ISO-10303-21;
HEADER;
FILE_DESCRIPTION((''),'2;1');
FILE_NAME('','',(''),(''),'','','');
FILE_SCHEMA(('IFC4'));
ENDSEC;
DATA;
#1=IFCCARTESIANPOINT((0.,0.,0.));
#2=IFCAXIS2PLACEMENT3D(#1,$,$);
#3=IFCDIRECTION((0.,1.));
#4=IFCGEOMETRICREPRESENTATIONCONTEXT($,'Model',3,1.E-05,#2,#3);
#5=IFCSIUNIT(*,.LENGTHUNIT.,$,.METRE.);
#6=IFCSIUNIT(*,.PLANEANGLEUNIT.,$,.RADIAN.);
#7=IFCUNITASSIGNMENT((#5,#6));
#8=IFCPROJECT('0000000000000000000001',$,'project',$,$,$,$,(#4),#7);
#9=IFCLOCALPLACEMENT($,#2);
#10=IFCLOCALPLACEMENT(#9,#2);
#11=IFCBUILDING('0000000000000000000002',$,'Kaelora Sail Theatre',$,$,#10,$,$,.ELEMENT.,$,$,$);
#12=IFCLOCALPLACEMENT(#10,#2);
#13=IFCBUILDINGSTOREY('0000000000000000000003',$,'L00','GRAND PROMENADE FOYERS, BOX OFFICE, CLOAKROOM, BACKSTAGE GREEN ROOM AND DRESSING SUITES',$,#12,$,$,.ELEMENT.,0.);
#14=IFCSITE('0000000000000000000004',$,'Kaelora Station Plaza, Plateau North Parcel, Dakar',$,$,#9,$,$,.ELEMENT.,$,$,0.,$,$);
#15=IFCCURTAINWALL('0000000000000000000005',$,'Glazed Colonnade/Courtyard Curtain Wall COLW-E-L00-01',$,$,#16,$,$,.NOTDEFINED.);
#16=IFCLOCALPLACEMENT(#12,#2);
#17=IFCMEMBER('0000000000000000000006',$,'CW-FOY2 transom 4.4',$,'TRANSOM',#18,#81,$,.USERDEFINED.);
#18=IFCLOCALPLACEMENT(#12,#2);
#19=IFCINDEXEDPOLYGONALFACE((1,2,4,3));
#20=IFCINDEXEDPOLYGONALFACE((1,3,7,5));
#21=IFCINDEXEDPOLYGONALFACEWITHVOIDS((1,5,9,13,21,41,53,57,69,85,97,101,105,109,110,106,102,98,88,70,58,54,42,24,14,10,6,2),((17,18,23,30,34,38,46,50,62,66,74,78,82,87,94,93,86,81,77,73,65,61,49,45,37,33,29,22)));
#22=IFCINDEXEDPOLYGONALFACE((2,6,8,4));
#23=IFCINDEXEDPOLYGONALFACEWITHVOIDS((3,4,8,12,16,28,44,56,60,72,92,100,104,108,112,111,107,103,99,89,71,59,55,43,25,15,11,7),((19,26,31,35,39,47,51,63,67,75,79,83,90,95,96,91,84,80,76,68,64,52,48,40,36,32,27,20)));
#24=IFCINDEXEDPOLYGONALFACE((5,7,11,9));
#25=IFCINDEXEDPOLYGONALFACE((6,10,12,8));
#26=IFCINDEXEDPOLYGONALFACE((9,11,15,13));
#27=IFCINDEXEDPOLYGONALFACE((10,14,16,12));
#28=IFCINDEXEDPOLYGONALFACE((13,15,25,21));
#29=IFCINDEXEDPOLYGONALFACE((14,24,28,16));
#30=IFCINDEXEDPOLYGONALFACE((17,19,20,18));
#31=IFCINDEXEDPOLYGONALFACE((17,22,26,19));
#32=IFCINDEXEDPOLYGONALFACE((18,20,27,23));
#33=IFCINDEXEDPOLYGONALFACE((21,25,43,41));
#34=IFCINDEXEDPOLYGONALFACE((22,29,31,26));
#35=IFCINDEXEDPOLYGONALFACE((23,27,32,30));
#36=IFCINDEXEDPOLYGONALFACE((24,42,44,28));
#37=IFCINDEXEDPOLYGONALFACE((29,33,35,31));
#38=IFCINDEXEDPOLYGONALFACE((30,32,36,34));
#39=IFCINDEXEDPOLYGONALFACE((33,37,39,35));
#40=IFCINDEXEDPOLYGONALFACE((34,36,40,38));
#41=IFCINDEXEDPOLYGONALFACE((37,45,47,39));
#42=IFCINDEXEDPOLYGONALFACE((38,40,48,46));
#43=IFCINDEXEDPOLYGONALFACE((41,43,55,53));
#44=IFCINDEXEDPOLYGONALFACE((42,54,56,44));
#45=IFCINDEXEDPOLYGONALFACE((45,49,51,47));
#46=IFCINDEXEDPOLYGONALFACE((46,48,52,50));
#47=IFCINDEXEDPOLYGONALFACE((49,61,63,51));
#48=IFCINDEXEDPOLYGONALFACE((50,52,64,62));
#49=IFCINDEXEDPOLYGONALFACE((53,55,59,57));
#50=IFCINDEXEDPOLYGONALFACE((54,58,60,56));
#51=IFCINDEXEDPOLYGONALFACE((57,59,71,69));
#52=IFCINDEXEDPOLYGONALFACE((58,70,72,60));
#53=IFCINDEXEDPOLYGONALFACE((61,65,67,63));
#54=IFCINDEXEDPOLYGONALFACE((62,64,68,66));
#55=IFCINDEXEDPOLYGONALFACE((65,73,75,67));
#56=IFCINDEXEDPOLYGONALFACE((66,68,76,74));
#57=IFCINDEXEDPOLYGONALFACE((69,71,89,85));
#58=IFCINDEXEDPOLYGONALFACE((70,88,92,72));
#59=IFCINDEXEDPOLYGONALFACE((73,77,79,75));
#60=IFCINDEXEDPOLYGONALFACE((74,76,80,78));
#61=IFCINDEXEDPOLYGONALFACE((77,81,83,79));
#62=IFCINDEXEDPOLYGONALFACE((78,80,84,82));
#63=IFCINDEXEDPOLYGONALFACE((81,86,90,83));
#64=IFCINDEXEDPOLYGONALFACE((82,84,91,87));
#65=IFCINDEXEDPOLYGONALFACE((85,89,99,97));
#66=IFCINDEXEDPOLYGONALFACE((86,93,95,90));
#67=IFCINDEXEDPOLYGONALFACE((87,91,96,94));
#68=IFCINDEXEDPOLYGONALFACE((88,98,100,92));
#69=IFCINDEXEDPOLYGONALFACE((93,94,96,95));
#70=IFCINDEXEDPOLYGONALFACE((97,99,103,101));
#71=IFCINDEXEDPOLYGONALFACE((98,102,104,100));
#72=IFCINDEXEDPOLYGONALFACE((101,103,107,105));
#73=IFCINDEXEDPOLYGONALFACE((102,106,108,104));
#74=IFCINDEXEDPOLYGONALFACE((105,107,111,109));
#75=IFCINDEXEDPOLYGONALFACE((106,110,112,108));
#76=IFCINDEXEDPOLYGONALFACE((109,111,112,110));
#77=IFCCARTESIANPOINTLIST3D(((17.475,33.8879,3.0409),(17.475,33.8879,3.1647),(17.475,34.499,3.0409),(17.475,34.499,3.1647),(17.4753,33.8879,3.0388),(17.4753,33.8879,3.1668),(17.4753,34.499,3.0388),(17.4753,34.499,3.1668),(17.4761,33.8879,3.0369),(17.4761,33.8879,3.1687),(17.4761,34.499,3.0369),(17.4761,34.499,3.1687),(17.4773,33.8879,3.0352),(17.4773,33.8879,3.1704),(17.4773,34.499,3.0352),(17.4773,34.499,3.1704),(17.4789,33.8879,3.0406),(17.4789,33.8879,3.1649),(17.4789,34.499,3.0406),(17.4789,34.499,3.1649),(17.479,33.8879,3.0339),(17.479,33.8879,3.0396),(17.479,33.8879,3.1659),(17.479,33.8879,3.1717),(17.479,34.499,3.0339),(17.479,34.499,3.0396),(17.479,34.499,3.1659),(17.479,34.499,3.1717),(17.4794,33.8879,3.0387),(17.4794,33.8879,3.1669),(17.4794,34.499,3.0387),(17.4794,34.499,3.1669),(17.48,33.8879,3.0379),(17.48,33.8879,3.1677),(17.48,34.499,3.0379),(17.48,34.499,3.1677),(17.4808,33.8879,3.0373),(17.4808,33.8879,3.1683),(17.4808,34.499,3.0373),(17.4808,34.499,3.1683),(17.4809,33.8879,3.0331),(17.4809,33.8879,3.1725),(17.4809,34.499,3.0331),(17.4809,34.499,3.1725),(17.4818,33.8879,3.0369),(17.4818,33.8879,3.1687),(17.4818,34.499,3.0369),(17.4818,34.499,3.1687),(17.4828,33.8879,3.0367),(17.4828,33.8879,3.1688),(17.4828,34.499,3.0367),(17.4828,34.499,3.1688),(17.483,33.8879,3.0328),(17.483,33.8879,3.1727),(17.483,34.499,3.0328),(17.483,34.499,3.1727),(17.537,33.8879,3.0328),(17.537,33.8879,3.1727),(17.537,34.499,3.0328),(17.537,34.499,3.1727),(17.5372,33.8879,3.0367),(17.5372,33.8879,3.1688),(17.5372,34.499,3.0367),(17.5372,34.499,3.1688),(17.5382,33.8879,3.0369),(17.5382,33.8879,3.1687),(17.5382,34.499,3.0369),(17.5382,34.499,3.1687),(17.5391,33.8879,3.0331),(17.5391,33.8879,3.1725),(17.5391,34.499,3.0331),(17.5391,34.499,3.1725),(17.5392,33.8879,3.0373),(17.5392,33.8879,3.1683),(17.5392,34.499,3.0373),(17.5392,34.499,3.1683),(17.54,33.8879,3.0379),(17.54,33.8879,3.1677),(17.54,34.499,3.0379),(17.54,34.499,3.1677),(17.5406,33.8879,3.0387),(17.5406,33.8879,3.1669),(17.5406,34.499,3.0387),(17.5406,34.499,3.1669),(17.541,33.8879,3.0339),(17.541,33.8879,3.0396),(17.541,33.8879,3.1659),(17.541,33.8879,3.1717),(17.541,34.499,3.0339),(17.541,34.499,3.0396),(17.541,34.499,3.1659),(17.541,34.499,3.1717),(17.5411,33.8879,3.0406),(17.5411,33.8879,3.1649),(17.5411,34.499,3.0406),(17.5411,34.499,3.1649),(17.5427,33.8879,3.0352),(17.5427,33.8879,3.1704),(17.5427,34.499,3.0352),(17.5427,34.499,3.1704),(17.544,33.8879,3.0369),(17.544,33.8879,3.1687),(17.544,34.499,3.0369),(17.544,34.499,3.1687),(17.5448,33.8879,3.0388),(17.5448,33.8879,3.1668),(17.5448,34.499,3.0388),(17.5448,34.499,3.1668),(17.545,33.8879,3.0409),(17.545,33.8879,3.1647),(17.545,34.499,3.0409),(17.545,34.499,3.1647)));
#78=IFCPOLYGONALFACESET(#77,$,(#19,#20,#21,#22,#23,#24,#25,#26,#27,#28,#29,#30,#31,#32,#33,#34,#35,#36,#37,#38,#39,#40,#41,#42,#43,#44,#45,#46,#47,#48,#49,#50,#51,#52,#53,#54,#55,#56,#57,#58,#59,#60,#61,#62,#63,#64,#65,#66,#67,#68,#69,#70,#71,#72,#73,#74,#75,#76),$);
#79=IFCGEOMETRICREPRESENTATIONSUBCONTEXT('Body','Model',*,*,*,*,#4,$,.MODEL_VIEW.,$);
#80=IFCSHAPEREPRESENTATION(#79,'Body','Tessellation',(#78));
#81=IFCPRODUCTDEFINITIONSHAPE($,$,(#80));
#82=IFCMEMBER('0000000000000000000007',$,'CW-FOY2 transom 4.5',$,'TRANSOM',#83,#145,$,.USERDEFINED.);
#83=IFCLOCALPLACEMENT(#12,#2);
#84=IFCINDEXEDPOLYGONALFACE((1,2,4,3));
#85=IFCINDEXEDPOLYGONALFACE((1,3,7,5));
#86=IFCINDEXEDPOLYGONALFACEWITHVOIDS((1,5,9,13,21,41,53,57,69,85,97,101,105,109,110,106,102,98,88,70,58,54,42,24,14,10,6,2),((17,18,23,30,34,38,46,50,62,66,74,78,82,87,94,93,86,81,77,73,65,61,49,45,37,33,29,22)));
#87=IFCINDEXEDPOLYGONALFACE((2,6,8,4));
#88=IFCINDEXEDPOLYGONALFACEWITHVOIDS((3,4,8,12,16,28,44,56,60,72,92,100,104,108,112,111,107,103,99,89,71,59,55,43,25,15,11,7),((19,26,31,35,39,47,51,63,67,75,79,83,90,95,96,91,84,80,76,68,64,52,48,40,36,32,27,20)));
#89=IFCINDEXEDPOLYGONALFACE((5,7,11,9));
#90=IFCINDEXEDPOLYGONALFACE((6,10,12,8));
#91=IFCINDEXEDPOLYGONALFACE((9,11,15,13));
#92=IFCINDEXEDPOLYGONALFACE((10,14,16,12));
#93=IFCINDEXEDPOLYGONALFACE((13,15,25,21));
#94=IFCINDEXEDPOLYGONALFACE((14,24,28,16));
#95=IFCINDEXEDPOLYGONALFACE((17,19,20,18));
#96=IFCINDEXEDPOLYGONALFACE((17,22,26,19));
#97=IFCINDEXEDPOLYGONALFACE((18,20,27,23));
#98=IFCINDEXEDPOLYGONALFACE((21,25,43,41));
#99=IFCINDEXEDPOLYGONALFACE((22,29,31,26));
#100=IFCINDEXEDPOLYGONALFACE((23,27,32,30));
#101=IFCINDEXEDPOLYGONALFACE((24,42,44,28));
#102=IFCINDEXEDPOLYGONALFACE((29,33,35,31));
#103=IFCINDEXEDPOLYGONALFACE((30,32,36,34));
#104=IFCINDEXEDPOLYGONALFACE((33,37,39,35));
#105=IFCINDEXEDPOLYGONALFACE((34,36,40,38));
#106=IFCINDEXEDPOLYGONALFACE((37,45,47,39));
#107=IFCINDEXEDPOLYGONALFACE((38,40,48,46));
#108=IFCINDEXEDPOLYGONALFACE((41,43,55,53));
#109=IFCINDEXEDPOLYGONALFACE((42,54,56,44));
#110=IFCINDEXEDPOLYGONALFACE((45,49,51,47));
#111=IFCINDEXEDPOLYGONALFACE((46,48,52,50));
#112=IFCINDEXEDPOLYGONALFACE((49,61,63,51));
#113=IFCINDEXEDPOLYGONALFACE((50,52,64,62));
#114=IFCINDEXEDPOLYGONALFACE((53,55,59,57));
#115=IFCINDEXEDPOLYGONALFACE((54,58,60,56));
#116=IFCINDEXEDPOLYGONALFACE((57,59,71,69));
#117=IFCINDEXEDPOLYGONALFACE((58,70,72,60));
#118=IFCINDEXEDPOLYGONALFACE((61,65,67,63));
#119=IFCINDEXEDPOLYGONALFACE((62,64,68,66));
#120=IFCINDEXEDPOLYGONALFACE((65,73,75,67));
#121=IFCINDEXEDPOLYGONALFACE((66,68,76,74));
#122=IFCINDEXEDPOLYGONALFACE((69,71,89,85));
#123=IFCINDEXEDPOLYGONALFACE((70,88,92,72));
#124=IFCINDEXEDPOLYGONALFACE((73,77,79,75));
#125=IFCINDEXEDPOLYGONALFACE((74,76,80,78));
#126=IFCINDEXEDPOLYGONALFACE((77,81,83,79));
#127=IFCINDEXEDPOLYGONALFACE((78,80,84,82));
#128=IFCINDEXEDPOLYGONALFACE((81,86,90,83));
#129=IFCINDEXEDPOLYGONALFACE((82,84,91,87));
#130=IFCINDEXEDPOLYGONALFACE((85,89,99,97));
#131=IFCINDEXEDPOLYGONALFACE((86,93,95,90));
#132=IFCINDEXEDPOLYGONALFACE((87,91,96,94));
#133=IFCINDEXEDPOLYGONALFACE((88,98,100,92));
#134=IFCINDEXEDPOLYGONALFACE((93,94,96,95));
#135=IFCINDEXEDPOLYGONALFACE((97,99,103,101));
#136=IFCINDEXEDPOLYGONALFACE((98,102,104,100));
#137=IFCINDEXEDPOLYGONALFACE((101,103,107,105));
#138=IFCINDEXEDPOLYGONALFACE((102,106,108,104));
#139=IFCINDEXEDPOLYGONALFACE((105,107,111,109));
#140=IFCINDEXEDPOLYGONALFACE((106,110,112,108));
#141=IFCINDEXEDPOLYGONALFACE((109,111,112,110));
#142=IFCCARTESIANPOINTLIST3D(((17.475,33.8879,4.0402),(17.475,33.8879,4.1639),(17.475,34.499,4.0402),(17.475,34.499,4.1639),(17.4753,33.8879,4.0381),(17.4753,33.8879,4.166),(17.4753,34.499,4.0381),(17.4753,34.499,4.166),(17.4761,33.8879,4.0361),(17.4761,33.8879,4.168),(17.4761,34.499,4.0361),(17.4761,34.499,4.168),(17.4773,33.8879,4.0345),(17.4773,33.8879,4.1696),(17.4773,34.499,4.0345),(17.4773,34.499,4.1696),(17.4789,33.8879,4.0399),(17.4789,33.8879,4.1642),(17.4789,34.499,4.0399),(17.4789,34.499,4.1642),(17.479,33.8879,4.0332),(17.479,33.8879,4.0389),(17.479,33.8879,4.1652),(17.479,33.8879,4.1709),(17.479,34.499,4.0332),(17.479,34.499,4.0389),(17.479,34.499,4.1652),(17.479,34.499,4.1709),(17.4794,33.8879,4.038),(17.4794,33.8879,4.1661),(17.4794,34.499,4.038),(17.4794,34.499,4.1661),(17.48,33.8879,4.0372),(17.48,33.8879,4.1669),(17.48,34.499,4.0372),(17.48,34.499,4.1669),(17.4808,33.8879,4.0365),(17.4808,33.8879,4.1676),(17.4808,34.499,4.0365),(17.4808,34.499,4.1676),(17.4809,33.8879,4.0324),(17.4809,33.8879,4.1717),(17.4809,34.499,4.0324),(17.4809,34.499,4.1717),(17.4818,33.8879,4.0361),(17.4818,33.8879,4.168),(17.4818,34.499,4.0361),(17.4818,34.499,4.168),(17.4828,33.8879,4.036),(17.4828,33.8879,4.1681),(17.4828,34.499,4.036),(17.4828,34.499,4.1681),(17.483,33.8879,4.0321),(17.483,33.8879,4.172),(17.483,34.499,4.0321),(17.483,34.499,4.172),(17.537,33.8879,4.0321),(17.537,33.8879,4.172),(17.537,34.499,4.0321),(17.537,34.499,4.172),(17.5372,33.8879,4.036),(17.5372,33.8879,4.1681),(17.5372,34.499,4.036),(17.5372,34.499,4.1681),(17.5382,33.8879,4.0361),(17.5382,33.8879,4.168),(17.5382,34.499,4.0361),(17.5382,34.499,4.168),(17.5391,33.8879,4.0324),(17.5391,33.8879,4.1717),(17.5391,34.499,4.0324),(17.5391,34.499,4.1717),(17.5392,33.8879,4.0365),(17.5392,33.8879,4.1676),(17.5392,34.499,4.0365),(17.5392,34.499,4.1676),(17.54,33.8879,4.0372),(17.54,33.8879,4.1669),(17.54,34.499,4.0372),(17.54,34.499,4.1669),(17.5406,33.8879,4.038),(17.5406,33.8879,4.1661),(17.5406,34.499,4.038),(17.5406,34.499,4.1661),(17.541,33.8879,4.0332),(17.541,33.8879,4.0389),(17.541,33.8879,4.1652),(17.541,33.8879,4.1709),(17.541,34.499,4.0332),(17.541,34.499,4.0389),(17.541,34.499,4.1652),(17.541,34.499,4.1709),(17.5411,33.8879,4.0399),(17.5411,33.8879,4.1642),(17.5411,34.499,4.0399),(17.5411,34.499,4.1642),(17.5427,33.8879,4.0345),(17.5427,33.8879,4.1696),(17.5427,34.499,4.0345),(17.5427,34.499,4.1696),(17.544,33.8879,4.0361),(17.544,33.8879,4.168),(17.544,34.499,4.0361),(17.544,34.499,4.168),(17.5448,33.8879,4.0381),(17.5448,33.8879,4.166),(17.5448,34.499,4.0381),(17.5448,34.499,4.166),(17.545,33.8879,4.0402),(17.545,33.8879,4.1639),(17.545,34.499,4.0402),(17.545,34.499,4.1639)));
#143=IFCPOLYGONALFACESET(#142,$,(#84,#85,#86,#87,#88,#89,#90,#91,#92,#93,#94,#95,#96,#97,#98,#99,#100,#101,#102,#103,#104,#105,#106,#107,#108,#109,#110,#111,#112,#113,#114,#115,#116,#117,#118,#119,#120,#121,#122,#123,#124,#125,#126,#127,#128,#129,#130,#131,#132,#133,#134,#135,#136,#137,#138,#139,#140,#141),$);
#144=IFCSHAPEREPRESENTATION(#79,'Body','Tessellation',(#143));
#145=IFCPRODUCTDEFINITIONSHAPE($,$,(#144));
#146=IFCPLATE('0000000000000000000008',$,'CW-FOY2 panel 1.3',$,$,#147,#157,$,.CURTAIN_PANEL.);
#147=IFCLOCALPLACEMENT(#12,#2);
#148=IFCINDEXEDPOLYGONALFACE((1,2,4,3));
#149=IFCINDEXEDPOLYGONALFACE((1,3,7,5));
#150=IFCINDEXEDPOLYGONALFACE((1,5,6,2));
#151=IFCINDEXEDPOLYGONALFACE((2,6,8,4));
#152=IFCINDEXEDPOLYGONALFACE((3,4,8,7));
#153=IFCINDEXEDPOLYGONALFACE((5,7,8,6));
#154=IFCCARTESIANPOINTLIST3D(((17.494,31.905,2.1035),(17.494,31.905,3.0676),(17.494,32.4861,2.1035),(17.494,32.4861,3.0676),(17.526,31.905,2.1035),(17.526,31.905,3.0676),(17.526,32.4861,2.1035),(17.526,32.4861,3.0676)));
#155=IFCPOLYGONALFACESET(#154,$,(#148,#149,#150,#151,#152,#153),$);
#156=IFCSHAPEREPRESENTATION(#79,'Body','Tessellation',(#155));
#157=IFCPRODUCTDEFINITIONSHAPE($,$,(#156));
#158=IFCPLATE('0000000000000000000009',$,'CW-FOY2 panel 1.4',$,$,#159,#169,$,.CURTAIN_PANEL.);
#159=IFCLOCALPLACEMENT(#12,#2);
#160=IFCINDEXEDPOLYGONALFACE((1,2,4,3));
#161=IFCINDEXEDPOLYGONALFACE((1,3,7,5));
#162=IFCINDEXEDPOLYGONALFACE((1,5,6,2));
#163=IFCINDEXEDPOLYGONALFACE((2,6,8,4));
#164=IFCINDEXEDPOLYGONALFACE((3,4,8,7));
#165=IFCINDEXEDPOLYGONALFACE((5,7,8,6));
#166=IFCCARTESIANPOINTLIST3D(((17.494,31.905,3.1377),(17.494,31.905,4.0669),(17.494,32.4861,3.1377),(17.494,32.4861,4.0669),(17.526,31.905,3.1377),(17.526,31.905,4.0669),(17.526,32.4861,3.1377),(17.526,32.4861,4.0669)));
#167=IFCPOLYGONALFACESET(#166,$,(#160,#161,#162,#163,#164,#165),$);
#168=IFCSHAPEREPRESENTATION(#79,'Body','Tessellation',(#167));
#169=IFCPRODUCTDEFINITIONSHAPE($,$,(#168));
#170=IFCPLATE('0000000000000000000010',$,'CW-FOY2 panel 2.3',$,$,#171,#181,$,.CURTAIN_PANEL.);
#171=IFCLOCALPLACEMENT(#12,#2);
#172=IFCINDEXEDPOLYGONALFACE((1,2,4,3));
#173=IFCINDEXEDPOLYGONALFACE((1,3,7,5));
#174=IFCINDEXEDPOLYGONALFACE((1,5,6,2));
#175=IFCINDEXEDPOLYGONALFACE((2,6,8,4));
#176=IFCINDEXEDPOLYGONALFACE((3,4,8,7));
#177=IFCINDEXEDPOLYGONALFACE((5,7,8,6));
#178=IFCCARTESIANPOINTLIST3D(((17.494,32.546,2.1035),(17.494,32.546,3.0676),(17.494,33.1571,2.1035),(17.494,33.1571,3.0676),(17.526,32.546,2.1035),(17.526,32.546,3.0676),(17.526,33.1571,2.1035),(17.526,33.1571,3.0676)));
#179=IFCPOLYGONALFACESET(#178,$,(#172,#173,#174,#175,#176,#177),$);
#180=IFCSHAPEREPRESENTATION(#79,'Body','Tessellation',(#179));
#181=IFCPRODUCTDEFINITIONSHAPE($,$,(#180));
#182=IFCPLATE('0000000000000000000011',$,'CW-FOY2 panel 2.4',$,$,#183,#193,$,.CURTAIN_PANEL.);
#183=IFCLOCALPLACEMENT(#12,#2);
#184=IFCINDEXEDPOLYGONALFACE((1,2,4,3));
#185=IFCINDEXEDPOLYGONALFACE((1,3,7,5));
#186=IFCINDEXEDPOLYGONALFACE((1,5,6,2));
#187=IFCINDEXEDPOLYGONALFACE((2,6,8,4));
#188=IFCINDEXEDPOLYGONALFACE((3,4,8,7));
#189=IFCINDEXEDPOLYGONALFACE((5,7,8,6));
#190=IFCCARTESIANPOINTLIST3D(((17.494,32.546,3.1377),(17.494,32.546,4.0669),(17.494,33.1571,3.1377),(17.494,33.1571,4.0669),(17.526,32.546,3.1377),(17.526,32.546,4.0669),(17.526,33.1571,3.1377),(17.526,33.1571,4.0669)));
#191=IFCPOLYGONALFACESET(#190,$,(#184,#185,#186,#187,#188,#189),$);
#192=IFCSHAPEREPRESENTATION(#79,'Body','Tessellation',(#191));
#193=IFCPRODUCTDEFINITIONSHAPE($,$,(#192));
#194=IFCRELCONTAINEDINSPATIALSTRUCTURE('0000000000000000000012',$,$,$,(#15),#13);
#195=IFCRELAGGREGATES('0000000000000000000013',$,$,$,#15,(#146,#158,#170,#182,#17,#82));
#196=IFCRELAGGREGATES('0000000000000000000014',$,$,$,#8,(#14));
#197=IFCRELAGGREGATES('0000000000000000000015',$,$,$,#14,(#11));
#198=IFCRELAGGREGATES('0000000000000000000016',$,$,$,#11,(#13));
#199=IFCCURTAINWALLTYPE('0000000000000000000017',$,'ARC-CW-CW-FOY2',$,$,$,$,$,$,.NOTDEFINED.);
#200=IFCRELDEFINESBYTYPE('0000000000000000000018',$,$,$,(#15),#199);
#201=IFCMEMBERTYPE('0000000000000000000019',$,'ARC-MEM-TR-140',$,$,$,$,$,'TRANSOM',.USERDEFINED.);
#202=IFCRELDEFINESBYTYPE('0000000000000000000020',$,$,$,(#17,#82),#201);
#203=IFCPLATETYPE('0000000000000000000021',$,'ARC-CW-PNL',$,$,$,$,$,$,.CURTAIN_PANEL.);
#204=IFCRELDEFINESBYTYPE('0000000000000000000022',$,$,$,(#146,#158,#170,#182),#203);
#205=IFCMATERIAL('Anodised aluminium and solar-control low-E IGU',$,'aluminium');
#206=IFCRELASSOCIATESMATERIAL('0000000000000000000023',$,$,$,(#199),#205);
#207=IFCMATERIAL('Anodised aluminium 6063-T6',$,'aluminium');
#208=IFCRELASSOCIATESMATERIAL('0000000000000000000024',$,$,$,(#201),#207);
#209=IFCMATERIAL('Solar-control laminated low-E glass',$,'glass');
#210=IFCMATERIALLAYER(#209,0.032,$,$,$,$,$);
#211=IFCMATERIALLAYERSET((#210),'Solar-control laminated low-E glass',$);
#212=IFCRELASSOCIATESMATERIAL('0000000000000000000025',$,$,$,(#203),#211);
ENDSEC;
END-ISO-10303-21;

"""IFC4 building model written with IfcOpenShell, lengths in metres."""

from ifc_helpers import new_model, si_unit, direction, frame, origin, origin_2d, place, context, subcontext, project, spatial, rectangle, hollow_rectangle, extrude, material, layer, layer_set, material_profile, profile_set, type_object, element, aggregate, save


model = new_model("IFC4")

# Units and contexts
model_context = context("Model", 3, precision=1e-05, world=origin(), true_north=direction((0.0, 1.0)))
body_context = subcontext(model_context, "Body", "Model", "MODEL_VIEW")
ifc_project = project(units=[si_unit("LENGTHUNIT", "METRE"), si_unit("PLANEANGLEUNIT", "RADIAN")], contexts=[model_context])

# Site, building, storey
site_placement = place(None, origin())
site = spatial("IfcSite", under=ifc_project, at=site_placement, Name="Kaelora Station Plaza, Plateau North Parcel, Dakar", CompositionType="ELEMENT", RefElevation=0.0)
building_placement = place(site_placement, origin())
building = spatial("IfcBuilding", under=site, at=building_placement, Name="Kaelora Sail Theatre", CompositionType="ELEMENT")
storey_placement = place(building_placement, origin())
storey = spatial("IfcBuildingStorey", under=building, at=storey_placement, Name="L00", Description="GRAND PROMENADE FOYERS, BOX OFFICE, CLOAKROOM, BACKSTAGE GREEN ROOM AND DRESSING SUITES", CompositionType="ELEMENT", Elevation=0.0)

# Curtain wall, members, plates
ifc_material_1 = material(Name="Anodised aluminium and solar-control low-E IGU", Category="aluminium")
curtain_wall_type = type_object("IfcCurtainWallType", Name="ARC-CW-CW-FOY2", PredefinedType="NOTDEFINED", material=ifc_material_1)
curtain_wall_placement = place(storey_placement, origin())
curtain_wall = element("IfcCurtainWall", 1, at=curtain_wall_placement, inside=storey, type_object=curtain_wall_type, Name="Glazed Colonnade/Courtyard Curtain Wall COLW-E-L00-01", PredefinedType="NOTDEFINED")
ifc_material_2 = material(Name="Anodised aluminium 6063-T6", Category="aluminium")
ifc_material_profile = material_profile(ifc_material_2, hollow_rectangle(XDim=0.0701, YDim=0.1399, WallThickness=0.0039, InnerFilletRadius=0.0039, OuterFilletRadius=0.0081, at=origin_2d()), Name="ALU-TRAN 70x140x4")
ifc_profile_set = profile_set([ifc_material_profile], Name="Anodised aluminium 6063-T6")
member_type = type_object("IfcMemberType", Name="ARC-MEM-TR-140", ElementType="TRANSOM", PredefinedType="USERDEFINED", material=ifc_profile_set)
member_1_placement = place(storey_placement, frame((17.51, 33.8879, 3.1028), z_axis=(0.0, 1.0, 0.0), x_axis=(-1.0, 0.0, 0.0)))
member_1 = element("IfcMember", 2, at=member_1_placement, type_object=member_type, Name="CW-FOY2 transom 4.4", ObjectType="TRANSOM", PredefinedType="USERDEFINED", context=body_context, shape_type="SweptSolid", body=[
    extrude(hollow_rectangle(XDim=0.0701, YDim=0.1399, WallThickness=0.0039, InnerFilletRadius=0.0039, OuterFilletRadius=0.0081, at=origin_2d()), origin(), (0.0, 0.0, 1.0), 0.6111),
])
member_2_placement = place(storey_placement, frame((17.51, 33.8879, 4.1021), z_axis=(0.0, 1.0, 0.0), x_axis=(-1.0, 0.0, 0.0)))
member_2 = element("IfcMember", 3, at=member_2_placement, type_object=member_type, Name="CW-FOY2 transom 4.5", ObjectType="TRANSOM", PredefinedType="USERDEFINED", context=body_context, shape_type="SweptSolid", body=[
    extrude(hollow_rectangle(XDim=0.0701, YDim=0.1399, WallThickness=0.0039, InnerFilletRadius=0.0039, OuterFilletRadius=0.0081, at=origin_2d()), origin(), (0.0, 0.0, 1.0), 0.6111),
])
ifc_material_3 = material(Name="Solar-control laminated low-E glass", Category="glass")
ifc_layer = layer(ifc_material_3, 0.032)
ifc_layer_set = layer_set([ifc_layer], Name="Solar-control laminated low-E glass")
plate_type = type_object("IfcPlateType", Name="ARC-CW-PNL", PredefinedType="CURTAIN_PANEL", material=ifc_layer_set)
plate_1_placement = place(storey_placement, frame((17.51, 32.1956, 2.1035), z_axis=(0.0, 0.0, 1.0), x_axis=(0.0, 1.0, 0.0)))
plate_1 = element("IfcPlate", 4, at=plate_1_placement, type_object=plate_type, Name="CW-FOY2 panel 1.3", PredefinedType="CURTAIN_PANEL", context=body_context, shape_type="SweptSolid", body=[
    extrude(rectangle(XDim=0.5811, YDim=0.032, at=origin_2d()), origin(), (0.0, 0.0, 1.0), 0.9641),
])
plate_2_placement = place(storey_placement, frame((17.51, 32.1956, 3.1377), z_axis=(0.0, 0.0, 1.0), x_axis=(0.0, 1.0, 0.0)))
plate_2 = element("IfcPlate", 5, at=plate_2_placement, type_object=plate_type, Name="CW-FOY2 panel 1.4", PredefinedType="CURTAIN_PANEL", context=body_context, shape_type="SweptSolid", body=[
    extrude(rectangle(XDim=0.5811, YDim=0.032, at=origin_2d()), origin(), (0.0, 0.0, 1.0), 0.9292),
])
plate_3_placement = place(storey_placement, frame((17.51, 32.8516, 2.1035), z_axis=(0.0, 0.0, 1.0), x_axis=(0.0, 1.0, 0.0)))
plate_3 = element("IfcPlate", 6, at=plate_3_placement, type_object=plate_type, Name="CW-FOY2 panel 2.3", PredefinedType="CURTAIN_PANEL", context=body_context, shape_type="SweptSolid", body=[
    extrude(rectangle(XDim=0.6111, YDim=0.032, at=origin_2d()), origin(), (0.0, 0.0, 1.0), 0.9641),
])
plate_4_placement = place(storey_placement, frame((17.51, 32.8516, 3.1377), z_axis=(0.0, 0.0, 1.0), x_axis=(0.0, 1.0, 0.0)))
plate_4 = element("IfcPlate", 7, at=plate_4_placement, type_object=plate_type, Name="CW-FOY2 panel 2.4", PredefinedType="CURTAIN_PANEL", context=body_context, shape_type="SweptSolid", body=[
    extrude(rectangle(XDim=0.6111, YDim=0.032, at=origin_2d()), origin(), (0.0, 0.0, 1.0), 0.9292),
])
aggregate(curtain_wall, [plate_1, plate_2, plate_3, plate_4, member_1, member_2])

save(model, "model.ifc")
